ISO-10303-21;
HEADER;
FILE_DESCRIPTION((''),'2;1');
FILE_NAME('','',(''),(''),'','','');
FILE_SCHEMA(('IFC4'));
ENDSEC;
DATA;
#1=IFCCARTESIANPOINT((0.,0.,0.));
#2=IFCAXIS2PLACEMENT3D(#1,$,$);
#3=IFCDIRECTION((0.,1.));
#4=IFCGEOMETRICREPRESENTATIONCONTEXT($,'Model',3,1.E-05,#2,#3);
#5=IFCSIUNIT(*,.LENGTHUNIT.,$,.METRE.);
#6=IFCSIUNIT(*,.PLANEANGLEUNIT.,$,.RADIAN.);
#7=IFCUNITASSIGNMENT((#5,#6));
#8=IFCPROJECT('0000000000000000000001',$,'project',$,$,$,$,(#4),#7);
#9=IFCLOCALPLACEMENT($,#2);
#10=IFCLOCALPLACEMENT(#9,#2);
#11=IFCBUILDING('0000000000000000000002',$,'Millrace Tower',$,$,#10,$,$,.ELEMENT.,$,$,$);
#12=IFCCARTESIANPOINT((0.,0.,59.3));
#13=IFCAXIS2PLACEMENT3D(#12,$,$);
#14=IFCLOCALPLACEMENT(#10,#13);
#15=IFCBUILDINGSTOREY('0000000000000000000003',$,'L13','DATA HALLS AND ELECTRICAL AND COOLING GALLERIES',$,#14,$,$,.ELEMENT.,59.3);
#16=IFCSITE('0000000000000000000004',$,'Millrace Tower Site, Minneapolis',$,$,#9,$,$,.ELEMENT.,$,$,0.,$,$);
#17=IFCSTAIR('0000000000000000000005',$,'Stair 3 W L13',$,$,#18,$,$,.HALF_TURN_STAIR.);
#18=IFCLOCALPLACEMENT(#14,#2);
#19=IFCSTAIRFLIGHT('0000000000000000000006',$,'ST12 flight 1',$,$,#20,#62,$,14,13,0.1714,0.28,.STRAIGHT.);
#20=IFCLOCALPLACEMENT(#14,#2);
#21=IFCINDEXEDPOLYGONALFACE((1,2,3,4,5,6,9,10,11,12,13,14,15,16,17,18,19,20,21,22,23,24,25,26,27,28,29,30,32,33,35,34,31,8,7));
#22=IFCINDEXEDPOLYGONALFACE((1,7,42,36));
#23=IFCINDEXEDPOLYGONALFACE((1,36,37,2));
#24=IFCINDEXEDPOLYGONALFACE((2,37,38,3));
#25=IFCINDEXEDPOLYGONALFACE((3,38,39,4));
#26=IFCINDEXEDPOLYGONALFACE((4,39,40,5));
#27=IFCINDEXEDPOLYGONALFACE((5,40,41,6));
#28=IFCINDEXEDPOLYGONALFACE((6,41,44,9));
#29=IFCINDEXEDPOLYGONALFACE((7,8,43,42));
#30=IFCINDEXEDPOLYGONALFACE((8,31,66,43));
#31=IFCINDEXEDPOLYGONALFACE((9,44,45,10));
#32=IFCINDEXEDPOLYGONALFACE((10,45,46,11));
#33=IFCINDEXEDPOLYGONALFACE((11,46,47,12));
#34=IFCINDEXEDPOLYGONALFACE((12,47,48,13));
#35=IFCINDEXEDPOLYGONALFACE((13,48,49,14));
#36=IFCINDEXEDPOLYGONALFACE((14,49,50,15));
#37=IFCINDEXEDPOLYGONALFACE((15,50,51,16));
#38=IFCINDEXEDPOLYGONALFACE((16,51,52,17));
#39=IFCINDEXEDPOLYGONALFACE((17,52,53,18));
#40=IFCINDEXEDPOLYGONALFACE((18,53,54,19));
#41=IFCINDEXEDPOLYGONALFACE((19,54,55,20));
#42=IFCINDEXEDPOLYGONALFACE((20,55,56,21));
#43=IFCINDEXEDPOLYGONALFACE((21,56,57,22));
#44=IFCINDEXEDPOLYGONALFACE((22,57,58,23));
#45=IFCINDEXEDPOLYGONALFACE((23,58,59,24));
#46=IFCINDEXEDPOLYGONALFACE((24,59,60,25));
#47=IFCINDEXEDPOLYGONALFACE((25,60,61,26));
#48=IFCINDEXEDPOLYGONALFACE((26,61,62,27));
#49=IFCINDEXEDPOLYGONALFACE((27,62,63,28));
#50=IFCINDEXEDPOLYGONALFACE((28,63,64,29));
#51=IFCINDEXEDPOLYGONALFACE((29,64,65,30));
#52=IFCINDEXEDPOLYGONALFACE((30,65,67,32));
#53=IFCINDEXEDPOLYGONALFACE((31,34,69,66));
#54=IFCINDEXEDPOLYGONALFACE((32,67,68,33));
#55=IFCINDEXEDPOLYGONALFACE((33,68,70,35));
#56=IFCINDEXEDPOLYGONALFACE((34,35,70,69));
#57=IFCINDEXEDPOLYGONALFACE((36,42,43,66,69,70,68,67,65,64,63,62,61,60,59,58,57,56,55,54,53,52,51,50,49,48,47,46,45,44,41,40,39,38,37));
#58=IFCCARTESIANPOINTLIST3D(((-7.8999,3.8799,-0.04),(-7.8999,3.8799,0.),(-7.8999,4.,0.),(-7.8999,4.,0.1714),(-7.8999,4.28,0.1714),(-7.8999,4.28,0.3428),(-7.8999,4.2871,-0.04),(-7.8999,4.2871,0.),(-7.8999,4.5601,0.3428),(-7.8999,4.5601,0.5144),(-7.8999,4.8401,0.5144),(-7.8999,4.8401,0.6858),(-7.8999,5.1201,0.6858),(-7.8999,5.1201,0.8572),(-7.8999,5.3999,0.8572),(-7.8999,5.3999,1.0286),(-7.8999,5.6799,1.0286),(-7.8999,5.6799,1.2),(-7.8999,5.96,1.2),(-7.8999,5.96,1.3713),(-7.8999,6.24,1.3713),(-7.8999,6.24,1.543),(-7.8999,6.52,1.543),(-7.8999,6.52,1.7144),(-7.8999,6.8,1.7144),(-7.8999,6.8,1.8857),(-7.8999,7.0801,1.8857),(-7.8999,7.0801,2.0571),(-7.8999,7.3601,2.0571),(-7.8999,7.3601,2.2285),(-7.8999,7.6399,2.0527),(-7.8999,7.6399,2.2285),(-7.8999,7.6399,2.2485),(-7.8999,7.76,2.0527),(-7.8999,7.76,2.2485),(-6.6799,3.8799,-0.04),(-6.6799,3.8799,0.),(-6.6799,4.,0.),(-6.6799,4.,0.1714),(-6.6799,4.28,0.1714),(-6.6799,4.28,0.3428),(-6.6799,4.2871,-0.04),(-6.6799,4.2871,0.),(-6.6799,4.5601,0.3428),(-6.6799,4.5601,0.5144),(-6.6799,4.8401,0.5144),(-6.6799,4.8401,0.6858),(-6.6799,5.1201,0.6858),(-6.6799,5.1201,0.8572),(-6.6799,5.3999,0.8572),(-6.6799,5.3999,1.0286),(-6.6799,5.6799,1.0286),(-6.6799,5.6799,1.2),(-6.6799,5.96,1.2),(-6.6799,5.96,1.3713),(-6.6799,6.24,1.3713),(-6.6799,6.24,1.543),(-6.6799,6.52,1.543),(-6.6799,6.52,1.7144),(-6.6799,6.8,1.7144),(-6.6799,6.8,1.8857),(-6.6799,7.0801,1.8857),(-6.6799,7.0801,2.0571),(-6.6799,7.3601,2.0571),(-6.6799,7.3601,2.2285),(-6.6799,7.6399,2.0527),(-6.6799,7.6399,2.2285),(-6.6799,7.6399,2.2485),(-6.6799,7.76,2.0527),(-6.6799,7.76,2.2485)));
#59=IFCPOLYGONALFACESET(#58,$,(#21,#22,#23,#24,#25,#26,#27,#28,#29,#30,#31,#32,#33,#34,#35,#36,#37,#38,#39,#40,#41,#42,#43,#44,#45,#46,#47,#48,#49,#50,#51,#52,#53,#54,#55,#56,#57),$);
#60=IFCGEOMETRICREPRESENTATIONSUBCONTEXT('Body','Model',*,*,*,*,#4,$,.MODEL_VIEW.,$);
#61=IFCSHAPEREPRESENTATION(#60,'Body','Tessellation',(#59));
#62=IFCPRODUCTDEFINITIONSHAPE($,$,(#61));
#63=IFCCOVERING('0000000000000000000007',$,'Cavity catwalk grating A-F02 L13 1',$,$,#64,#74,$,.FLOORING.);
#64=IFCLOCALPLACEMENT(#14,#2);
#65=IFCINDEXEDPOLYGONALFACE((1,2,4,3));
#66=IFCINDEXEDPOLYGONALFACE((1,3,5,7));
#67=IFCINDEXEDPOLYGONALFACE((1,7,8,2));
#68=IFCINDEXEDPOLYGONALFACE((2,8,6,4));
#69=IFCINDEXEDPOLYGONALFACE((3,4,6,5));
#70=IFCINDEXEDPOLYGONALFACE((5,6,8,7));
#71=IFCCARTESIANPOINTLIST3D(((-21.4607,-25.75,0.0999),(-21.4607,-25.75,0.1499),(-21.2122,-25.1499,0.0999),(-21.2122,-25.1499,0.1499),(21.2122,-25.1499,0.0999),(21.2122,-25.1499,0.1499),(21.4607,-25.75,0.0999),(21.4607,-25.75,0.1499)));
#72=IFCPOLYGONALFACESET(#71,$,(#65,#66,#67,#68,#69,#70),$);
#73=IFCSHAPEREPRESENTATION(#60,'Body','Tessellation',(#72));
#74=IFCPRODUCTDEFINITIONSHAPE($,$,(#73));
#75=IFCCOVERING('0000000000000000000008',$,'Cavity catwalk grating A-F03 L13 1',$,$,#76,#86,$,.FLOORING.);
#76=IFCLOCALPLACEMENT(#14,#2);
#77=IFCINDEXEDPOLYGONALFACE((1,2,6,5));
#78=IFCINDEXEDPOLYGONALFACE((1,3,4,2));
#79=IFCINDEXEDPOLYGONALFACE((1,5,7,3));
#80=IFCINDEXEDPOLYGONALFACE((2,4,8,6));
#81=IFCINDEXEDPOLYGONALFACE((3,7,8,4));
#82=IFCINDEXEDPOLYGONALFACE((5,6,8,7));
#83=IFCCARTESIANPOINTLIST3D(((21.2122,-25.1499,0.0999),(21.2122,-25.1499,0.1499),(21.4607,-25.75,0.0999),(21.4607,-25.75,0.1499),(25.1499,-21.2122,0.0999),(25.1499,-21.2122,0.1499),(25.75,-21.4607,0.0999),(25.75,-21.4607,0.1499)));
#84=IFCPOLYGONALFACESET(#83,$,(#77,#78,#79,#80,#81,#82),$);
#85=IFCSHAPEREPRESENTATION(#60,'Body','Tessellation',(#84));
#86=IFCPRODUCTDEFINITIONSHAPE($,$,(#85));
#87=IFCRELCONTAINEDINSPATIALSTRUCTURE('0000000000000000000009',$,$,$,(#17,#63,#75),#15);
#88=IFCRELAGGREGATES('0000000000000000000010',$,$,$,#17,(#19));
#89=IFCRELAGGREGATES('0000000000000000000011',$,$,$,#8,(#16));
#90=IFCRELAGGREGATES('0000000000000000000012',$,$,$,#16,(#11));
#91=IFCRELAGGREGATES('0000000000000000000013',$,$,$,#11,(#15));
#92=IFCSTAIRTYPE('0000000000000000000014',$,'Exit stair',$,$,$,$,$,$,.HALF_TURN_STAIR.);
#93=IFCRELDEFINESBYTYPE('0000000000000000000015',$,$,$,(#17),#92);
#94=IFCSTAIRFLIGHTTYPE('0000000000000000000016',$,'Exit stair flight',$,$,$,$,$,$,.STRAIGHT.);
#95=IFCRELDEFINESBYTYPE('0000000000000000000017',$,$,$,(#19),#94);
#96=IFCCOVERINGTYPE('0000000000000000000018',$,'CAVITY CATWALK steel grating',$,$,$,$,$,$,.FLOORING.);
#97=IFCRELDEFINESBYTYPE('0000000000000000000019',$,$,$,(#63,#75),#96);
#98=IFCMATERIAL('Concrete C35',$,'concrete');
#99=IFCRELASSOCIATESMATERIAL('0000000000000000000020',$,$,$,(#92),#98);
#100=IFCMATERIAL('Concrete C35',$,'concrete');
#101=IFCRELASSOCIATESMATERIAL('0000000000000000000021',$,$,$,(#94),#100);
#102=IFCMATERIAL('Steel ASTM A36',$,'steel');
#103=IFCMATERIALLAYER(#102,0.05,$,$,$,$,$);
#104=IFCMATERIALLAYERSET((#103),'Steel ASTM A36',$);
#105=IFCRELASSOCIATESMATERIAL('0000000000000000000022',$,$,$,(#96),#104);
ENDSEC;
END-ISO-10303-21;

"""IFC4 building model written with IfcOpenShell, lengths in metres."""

from ifc_helpers import new_model, si_unit, direction, frame, origin, place, context, subcontext, project, spatial, polyline, outline, extrude, material, layer, layer_set, type_object, element, aggregate, save


model = new_model("IFC4")

# Units and contexts
model_context = context("Model", 3, precision=1e-05, world=origin(), true_north=direction((0.0, 1.0)))
body_context = subcontext(model_context, "Body", "Model", "MODEL_VIEW")
ifc_project = project(units=[si_unit("LENGTHUNIT", "METRE"), si_unit("PLANEANGLEUNIT", "RADIAN")], contexts=[model_context])

# Site, building, storey
site_placement = place(None, origin())
site = spatial("IfcSite", under=ifc_project, at=site_placement, Name="Millrace Tower Site, Minneapolis", CompositionType="ELEMENT", RefElevation=0.0)
building_placement = place(site_placement, origin())
building = spatial("IfcBuilding", under=site, at=building_placement, Name="Millrace Tower", CompositionType="ELEMENT")
storey_placement = place(building_placement, frame((0.0, 0.0, 59.3)))
storey = spatial("IfcBuildingStorey", under=building, at=storey_placement, Name="L13", Description="DATA HALLS AND ELECTRICAL AND COOLING GALLERIES", CompositionType="ELEMENT", Elevation=59.3)

# Shared definitions
placement_1 = place(storey_placement, origin())

# Stair, stair flight
ifc_material_1 = material(Name="Concrete C35", Category="concrete")
stair_type = type_object("IfcStairType", Name="Exit stair", PredefinedType="HALF_TURN_STAIR", material=ifc_material_1)
ifc_material_2 = material(Name="Concrete C35", Category="concrete")
stair_flight_type = type_object("IfcStairFlightType", Name="Exit stair flight", PredefinedType="STRAIGHT", material=ifc_material_2)
stair_1 = element("IfcStair", 1, at=placement_1, inside=storey, type_object=stair_type, Name="Stair 3 W L13", PredefinedType="HALF_TURN_STAIR")
stair_flight_1_placement = place(storey_placement, frame((-7.29, 4.0, 0.0), z_axis=(0.0, 0.0, 1.0), x_axis=(0.0, 1.0, 0.0)))
stair_flight_1 = element("IfcStairFlight", 2, at=stair_flight_1_placement, type_object=stair_flight_type, Name="ST12 flight 1", NumberOfRisers=14, NumberOfTreads=13, PredefinedType="STRAIGHT", RiserHeight=0.1714, TreadLength=0.28, context=body_context, shape_type="SweptSolid", body=[
    extrude(outline(polyline([(-0.1201, -0.04), (-0.1201, 0.0), (0.0, 0.0), (0.0, 0.1714), (0.28, 0.1714), (0.28, 0.3428), (0.5601, 0.3428), (0.5601, 0.5144), (0.8401, 0.5144), (0.8401, 0.6858), (1.1201, 0.6858), (1.1201, 0.8572), (1.3999, 0.8572), (1.3999, 1.0286), (1.6799, 1.0286), (1.6799, 1.2), (1.96, 1.2), (1.96, 1.3713), (2.24, 1.3713), (2.24, 1.543), (2.52, 1.543), (2.52, 1.7144), (2.8, 1.7144), (2.8, 1.8857), (3.0801, 1.8857), (3.0801, 2.0571), (3.3601, 2.0571), (3.3601, 2.2285), (3.6399, 2.2285), (3.6399, 2.2485), (3.76, 2.2485), (3.76, 2.0527), (3.6399, 2.0527), (0.2871, 0.0), (0.2871, -0.04), (-0.1201, -0.04)])), frame((0.0, 0.6099, 0.0), z_axis=(0.0, -1.0, 0.0), x_axis=(1.0, 0.0, 0.0)), (0.0, 0.0, 1.0), 1.22),
])
aggregate(stair_1, [stair_flight_1])

# Coverings
ifc_material_3 = material(Name="Steel ASTM A36", Category="steel")
ifc_layer_1 = layer(ifc_material_3, 0.05)
ifc_layer_set_1 = layer_set([ifc_layer_1], Name="Steel ASTM A36")
covering_type = type_object("IfcCoveringType", Name="CAVITY CATWALK steel grating", PredefinedType="FLOORING", material=ifc_layer_set_1)
placement_2 = place(storey_placement, frame((0.0, 0.0, 0.0999)))
element("IfcCovering", 3, at=placement_2, inside=storey, type_object=covering_type, Name="Cavity catwalk grating A-F02 L13 1", PredefinedType="FLOORING", context=body_context, shape_type="SweptSolid", body=[
    extrude(outline(polyline([(-21.4607, -25.75), (21.4607, -25.75), (21.2122, -25.1499), (-21.2122, -25.1499), (-21.4607, -25.75)])), origin(), (0.0, 0.0, 1.0), 0.05),
])
element("IfcCovering", 4, at=placement_2, inside=storey, type_object=covering_type, Name="Cavity catwalk grating A-F03 L13 1", PredefinedType="FLOORING", context=body_context, shape_type="SweptSolid", body=[
    extrude(outline(polyline([(21.4607, -25.75), (25.75, -21.4607), (25.1499, -21.2122), (21.2122, -25.1499), (21.4607, -25.75)])), origin(), (0.0, 0.0, 1.0), 0.05),
])

save(model, "model.ifc")
